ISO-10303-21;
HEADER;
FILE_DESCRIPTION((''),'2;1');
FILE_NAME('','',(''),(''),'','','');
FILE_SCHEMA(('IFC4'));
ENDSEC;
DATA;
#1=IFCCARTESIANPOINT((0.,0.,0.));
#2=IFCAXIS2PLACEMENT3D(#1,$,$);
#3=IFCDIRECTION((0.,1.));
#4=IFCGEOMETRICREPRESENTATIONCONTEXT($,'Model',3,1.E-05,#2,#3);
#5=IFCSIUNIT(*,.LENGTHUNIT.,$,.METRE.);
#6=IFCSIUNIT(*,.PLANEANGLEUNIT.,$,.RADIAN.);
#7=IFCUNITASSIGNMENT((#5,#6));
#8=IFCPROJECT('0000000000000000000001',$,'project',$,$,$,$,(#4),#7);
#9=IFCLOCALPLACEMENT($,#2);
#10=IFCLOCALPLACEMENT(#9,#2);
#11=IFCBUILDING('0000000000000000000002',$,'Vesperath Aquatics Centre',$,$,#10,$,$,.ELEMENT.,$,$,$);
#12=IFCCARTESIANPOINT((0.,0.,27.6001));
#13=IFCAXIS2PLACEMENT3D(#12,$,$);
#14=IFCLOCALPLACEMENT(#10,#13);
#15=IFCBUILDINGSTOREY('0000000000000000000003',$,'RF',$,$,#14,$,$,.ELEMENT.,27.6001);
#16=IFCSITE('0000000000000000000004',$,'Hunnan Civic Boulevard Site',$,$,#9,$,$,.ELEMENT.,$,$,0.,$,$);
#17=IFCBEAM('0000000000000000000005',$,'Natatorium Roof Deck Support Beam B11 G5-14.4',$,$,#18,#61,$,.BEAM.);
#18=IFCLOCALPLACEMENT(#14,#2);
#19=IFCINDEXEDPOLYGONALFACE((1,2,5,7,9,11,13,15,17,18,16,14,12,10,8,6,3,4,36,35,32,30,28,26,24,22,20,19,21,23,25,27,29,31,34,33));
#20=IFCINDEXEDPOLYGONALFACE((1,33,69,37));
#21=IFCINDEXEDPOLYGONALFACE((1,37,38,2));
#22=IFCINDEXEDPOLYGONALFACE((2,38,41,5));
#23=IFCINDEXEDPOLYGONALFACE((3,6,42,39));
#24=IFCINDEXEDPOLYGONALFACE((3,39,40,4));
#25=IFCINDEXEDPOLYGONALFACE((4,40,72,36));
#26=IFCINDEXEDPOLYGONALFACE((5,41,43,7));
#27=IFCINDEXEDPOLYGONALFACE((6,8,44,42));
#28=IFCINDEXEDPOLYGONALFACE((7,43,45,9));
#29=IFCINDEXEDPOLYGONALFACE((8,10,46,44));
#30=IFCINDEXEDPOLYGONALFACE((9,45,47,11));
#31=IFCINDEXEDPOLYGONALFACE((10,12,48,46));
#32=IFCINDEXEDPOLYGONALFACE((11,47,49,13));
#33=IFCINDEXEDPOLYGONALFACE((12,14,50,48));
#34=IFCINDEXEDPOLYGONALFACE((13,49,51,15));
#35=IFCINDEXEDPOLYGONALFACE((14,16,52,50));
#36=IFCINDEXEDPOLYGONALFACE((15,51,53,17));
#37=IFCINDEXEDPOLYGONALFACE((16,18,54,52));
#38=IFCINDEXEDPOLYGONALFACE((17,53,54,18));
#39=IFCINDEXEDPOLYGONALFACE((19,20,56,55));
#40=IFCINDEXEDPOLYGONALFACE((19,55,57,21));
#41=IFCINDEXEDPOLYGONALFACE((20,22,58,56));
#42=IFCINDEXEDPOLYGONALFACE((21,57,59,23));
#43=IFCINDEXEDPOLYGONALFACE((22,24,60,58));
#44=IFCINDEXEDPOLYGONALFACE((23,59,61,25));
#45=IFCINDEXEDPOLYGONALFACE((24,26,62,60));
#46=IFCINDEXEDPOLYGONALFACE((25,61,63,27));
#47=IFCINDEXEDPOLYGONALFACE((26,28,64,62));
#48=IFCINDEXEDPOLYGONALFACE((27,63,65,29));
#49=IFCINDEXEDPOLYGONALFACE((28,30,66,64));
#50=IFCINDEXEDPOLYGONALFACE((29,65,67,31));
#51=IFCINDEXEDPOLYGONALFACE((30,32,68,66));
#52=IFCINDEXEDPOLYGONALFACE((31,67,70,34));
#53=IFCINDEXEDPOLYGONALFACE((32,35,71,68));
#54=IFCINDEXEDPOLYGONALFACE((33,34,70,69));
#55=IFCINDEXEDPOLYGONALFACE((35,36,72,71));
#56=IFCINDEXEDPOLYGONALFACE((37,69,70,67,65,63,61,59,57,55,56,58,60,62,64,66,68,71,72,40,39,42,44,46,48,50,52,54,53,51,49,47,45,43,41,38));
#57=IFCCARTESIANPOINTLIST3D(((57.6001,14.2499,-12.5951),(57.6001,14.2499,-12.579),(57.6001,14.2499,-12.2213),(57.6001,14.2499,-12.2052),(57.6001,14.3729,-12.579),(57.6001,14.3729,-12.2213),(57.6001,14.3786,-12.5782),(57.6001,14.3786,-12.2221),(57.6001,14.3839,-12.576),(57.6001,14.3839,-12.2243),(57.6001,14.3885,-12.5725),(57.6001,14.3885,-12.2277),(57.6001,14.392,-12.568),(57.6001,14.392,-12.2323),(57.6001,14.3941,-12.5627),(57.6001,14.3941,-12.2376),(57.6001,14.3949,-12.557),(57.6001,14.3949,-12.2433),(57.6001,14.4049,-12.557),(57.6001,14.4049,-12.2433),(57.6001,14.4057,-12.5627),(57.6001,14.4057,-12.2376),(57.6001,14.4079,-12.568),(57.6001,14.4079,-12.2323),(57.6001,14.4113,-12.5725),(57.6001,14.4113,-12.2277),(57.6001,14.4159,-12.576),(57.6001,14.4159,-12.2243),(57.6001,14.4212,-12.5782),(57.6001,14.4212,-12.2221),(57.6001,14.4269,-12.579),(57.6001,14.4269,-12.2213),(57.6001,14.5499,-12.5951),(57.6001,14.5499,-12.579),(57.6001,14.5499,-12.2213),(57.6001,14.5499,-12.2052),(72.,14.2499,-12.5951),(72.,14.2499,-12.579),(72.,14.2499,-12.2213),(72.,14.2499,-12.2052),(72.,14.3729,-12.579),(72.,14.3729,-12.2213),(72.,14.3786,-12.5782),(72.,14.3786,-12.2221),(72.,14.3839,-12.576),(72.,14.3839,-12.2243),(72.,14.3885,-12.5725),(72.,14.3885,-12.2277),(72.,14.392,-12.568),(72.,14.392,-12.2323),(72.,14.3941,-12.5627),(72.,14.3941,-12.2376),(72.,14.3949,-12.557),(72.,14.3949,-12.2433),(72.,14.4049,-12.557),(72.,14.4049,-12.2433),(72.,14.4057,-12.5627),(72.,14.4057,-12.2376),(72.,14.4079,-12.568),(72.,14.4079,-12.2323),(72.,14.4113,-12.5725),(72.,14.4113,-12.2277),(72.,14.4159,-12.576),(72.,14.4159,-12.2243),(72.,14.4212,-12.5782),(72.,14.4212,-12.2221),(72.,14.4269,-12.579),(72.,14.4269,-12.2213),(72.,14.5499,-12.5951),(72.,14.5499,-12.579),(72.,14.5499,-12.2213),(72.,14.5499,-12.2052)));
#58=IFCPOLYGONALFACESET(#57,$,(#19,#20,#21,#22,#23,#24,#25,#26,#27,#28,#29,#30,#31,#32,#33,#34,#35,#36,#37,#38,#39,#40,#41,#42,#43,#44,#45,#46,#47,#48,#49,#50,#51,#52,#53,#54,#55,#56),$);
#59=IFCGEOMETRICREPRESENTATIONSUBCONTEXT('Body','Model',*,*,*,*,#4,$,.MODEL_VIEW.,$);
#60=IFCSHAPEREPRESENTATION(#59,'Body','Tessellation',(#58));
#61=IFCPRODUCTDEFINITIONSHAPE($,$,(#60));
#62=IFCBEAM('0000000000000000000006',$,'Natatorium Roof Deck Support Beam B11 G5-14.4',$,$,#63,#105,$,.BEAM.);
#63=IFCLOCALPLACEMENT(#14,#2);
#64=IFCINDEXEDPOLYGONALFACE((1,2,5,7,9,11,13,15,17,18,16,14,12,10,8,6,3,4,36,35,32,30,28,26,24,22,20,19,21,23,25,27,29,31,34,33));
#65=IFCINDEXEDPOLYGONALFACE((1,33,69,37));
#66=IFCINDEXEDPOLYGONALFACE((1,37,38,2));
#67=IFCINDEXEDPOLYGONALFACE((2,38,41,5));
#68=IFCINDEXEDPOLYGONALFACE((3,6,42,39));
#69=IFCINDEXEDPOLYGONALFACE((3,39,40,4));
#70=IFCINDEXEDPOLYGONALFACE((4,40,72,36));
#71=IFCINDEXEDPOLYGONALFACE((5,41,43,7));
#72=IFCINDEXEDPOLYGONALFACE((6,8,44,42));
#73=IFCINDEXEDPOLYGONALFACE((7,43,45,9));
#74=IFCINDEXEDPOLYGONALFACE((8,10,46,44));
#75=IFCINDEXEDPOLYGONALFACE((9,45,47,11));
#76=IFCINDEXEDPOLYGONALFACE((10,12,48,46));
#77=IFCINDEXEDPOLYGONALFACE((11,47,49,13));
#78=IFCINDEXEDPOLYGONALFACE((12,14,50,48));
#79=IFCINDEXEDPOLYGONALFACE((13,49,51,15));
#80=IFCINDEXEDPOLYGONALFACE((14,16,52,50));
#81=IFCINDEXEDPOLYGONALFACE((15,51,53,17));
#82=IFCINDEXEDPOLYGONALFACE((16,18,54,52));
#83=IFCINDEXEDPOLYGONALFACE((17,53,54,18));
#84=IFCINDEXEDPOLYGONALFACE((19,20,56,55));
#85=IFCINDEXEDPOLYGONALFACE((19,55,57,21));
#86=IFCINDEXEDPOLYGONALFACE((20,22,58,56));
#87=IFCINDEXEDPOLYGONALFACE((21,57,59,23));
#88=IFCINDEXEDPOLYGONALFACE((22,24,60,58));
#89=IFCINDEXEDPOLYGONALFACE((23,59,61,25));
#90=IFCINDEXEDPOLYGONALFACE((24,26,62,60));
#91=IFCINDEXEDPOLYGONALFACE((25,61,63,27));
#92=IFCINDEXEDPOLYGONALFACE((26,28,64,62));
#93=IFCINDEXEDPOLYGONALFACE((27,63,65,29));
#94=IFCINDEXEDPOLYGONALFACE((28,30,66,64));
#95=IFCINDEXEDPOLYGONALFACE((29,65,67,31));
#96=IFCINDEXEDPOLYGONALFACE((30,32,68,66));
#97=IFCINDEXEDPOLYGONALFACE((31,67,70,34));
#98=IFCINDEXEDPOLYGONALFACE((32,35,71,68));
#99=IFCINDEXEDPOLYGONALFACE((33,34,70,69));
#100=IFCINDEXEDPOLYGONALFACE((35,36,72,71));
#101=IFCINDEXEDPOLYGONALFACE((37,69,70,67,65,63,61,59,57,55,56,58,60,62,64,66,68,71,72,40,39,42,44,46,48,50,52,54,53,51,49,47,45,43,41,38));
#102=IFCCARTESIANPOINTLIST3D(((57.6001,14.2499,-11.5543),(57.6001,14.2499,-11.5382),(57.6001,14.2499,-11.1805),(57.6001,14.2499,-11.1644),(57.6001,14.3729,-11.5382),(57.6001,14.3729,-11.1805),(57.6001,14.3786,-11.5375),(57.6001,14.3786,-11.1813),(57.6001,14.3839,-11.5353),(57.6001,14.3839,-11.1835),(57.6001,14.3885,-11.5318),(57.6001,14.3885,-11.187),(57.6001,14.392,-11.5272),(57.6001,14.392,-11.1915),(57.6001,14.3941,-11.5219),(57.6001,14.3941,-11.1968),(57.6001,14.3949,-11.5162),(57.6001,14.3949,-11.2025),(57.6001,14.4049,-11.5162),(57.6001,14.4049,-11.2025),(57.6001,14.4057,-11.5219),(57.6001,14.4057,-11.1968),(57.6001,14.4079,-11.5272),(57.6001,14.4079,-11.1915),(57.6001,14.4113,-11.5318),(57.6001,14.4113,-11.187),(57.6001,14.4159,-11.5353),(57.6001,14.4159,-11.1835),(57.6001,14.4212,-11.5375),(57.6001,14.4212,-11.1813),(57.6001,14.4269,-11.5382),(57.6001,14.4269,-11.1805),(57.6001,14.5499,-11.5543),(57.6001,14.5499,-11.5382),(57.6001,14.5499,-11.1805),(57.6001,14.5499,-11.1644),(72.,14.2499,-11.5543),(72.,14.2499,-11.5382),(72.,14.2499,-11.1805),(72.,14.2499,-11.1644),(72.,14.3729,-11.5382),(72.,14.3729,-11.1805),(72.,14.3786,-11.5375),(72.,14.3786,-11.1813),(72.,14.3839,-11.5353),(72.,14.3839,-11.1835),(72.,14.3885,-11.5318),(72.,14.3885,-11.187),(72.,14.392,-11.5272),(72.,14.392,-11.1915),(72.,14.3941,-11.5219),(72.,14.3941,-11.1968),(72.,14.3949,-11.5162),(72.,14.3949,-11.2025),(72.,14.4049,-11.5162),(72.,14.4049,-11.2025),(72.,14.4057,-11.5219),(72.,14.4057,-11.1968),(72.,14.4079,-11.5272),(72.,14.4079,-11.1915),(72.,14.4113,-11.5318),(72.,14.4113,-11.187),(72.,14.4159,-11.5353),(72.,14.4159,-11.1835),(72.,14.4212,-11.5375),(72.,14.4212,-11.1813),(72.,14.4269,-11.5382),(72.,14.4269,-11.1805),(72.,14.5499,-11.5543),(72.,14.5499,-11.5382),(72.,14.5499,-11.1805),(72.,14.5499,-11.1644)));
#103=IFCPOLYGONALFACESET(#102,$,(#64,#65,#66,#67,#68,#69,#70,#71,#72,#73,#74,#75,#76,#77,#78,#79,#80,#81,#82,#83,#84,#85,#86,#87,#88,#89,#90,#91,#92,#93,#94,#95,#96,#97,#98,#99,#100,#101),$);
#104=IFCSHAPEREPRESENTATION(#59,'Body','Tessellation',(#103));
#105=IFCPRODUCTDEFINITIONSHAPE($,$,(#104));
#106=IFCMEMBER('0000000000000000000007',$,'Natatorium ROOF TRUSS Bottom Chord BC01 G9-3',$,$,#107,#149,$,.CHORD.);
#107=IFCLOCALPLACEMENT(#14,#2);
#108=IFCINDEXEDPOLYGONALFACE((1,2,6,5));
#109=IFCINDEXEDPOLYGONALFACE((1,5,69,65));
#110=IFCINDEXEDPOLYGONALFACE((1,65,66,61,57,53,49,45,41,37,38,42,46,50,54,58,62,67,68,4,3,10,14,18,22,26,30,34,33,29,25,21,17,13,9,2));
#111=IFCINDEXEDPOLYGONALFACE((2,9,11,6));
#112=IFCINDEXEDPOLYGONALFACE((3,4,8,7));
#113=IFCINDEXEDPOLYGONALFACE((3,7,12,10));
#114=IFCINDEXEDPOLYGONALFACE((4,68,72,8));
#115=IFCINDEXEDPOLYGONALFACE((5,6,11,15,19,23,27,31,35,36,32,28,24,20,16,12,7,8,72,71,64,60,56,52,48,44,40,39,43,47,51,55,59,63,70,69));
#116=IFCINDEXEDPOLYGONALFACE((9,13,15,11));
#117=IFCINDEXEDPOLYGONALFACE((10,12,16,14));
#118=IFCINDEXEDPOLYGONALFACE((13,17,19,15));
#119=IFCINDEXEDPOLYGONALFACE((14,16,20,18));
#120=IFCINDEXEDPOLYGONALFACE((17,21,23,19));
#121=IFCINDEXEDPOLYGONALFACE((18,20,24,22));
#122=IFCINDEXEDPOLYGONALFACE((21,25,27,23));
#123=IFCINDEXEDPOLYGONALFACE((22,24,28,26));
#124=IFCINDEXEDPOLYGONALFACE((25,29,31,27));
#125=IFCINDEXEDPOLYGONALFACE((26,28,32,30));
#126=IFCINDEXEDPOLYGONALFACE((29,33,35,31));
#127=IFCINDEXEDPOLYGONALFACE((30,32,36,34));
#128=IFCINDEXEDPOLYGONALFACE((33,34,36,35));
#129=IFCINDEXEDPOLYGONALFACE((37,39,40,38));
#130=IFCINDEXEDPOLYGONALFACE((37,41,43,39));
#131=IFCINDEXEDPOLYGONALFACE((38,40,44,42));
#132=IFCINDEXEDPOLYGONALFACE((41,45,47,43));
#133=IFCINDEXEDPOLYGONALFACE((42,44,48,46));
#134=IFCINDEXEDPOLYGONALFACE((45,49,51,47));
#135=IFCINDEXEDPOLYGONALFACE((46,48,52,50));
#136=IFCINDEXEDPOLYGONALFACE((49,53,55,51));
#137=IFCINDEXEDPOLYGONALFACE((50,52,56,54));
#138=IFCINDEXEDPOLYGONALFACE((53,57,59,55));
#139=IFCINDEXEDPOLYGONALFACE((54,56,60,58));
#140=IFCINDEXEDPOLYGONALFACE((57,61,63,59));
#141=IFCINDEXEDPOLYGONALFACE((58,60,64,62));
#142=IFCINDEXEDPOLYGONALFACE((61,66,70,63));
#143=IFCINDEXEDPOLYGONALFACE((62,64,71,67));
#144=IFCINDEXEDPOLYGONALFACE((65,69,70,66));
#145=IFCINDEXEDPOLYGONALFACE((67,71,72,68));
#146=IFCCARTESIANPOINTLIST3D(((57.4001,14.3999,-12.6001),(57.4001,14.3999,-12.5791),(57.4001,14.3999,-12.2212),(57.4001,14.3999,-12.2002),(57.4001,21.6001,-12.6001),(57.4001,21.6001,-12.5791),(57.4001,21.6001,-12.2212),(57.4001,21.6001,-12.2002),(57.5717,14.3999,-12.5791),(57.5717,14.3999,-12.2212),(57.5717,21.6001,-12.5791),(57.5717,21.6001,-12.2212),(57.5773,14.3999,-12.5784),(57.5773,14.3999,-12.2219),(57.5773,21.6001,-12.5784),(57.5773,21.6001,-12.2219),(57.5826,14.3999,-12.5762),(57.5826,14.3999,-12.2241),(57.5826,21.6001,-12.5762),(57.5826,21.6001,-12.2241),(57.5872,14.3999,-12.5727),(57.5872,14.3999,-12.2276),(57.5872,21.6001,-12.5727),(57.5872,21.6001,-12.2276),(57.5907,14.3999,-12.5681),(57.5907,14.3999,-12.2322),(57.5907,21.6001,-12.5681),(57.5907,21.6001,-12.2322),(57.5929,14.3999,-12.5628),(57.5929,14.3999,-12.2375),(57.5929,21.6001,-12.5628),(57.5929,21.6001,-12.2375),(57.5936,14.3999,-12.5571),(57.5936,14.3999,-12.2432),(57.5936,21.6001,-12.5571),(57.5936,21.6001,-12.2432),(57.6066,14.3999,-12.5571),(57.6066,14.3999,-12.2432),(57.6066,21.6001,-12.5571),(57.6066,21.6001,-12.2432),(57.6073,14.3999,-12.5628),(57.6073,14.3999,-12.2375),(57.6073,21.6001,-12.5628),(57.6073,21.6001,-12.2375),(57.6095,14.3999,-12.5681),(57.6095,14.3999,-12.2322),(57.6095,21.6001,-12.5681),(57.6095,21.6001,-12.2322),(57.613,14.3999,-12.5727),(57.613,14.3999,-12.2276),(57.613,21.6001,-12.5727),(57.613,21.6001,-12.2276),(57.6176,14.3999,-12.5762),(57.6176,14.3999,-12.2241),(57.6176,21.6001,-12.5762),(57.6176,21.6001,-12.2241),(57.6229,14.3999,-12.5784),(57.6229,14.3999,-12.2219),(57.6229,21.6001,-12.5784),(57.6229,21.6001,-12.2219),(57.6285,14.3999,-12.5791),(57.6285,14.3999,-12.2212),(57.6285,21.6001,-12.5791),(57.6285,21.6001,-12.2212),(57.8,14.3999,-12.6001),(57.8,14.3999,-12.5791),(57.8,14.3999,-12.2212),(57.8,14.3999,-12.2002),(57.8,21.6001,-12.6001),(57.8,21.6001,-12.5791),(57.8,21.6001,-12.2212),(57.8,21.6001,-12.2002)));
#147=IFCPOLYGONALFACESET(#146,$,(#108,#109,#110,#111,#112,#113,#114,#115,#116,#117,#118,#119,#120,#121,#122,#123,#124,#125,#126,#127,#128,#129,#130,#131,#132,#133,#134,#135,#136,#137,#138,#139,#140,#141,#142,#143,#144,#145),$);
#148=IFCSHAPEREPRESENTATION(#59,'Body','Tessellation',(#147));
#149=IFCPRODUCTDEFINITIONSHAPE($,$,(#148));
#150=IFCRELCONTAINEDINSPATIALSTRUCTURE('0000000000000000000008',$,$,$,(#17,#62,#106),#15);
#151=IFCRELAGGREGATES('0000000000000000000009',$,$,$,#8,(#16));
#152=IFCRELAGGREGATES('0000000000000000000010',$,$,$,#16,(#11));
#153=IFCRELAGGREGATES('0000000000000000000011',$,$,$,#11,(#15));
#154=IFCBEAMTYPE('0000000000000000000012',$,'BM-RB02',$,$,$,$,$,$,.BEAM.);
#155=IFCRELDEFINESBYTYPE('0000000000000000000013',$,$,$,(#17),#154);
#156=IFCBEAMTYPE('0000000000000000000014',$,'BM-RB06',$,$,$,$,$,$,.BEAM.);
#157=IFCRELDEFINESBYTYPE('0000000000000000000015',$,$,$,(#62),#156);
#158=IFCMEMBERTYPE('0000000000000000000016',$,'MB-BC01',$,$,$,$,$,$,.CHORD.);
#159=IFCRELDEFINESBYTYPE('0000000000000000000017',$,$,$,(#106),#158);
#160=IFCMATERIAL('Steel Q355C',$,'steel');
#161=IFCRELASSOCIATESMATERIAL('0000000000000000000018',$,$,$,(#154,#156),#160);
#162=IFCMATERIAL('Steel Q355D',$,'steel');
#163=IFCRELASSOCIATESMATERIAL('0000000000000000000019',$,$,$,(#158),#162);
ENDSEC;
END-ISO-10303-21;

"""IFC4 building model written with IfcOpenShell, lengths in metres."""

from ifc_helpers import new_model, si_unit, direction, frame, origin, origin_2d, place, context, subcontext, project, spatial, i_section, extrude, material, material_profile, profile_set, type_object, element, save


model = new_model("IFC4")

# Units and contexts
model_context = context("Model", 3, precision=1e-05, world=origin(), true_north=direction((0.0, 1.0)))
body_context = subcontext(model_context, "Body", "Model", "MODEL_VIEW")
ifc_project = project(units=[si_unit("LENGTHUNIT", "METRE"), si_unit("PLANEANGLEUNIT", "RADIAN")], contexts=[model_context])

# Site, building, storey
site_placement = place(None, origin())
site = spatial("IfcSite", under=ifc_project, at=site_placement, Name="Hunnan Civic Boulevard Site", CompositionType="ELEMENT", RefElevation=0.0)
building_placement = place(site_placement, origin())
building = spatial("IfcBuilding", under=site, at=building_placement, Name="Vesperath Aquatics Centre", CompositionType="ELEMENT")
storey_placement = place(building_placement, frame((0.0, 0.0, 27.6001)))
storey = spatial("IfcBuildingStorey", under=building, at=storey_placement, Name="RF", CompositionType="ELEMENT", Elevation=27.6001)

# Beams
ifc_material_1 = material(Name="Steel Q355C", Category="steel")
ifc_material_profile_1 = material_profile(ifc_material_1, i_section(OverallWidth=0.3, OverallDepth=0.3899, WebThickness=0.01, FlangeThickness=0.0161, FilletRadius=0.022, at=origin_2d()), Name="HM 390x300x10x16")
ifc_profile_set_1 = profile_set([ifc_material_profile_1], Name="Steel Q355C")
beam_type_1 = type_object("IfcBeamType", Name="BM-RB02", PredefinedType="BEAM", material=ifc_profile_set_1)
beam_1_placement = place(storey_placement, frame((57.6001, 14.3999, -12.4001), z_axis=(1.0, 0.0, 0.0), x_axis=(0.0, 1.0, 0.0)))
element("IfcBeam", 1, at=beam_1_placement, inside=storey, type_object=beam_type_1, Name="Natatorium Roof Deck Support Beam B11 G5-14.4", PredefinedType="BEAM", context=body_context, shape_type="SweptSolid", body=[
    extrude(i_section(OverallWidth=0.3, OverallDepth=0.3899, WebThickness=0.01, FlangeThickness=0.0161, FilletRadius=0.022, at=origin_2d()), origin(), (0.0, 0.0, 1.0), 14.3999),
])
ifc_material_profile_2 = material_profile(ifc_material_1, i_section(OverallWidth=0.3, OverallDepth=0.3899, WebThickness=0.01, FlangeThickness=0.0161, FilletRadius=0.022, at=origin_2d()), Name="HM 390x300x10x16")
ifc_profile_set_2 = profile_set([ifc_material_profile_2], Name="Steel Q355C")
beam_type_2 = type_object("IfcBeamType", Name="BM-RB06", PredefinedType="BEAM", material=ifc_profile_set_2)
beam_2_placement = place(storey_placement, frame((57.6001, 14.3999, -11.3594), z_axis=(1.0, 0.0, 0.0), x_axis=(0.0, 1.0, 0.0)))
element("IfcBeam", 2, at=beam_2_placement, inside=storey, type_object=beam_type_2, Name="Natatorium Roof Deck Support Beam B11 G5-14.4", PredefinedType="BEAM", context=body_context, shape_type="SweptSolid", body=[
    extrude(i_section(OverallWidth=0.3, OverallDepth=0.3899, WebThickness=0.01, FlangeThickness=0.0161, FilletRadius=0.022, at=origin_2d()), origin(), (0.0, 0.0, 1.0), 14.3999),
])

# Member
ifc_material_2 = material(Name="Steel Q355D", Category="steel")
ifc_material_profile_3 = material_profile(ifc_material_2, i_section(OverallWidth=0.3999, OverallDepth=0.3999, WebThickness=0.0129, FlangeThickness=0.021, FilletRadius=0.022, at=origin_2d()), Name="HW 400x400x13x21")
ifc_profile_set_3 = profile_set([ifc_material_profile_3], Name="Steel Q355D")
member_type_1 = type_object("IfcMemberType", Name="MB-BC01", PredefinedType="CHORD", material=ifc_profile_set_3)
member_1_placement = place(storey_placement, frame((57.6001, 14.3999, -12.4001), z_axis=(0.0, 1.0, 0.0), x_axis=(-1.0, 0.0, 0.0)))
element("IfcMember", 3, at=member_1_placement, inside=storey, type_object=member_type_1, Name="Natatorium ROOF TRUSS Bottom Chord BC01 G9-3", PredefinedType="CHORD", context=body_context, shape_type="SweptSolid", body=[
    extrude(i_section(OverallWidth=0.3999, OverallDepth=0.3999, WebThickness=0.0129, FlangeThickness=0.021, FilletRadius=0.022, at=origin_2d()), origin(), (0.0, 0.0, 1.0), 7.2002),
])

save(model, "model.ifc")
